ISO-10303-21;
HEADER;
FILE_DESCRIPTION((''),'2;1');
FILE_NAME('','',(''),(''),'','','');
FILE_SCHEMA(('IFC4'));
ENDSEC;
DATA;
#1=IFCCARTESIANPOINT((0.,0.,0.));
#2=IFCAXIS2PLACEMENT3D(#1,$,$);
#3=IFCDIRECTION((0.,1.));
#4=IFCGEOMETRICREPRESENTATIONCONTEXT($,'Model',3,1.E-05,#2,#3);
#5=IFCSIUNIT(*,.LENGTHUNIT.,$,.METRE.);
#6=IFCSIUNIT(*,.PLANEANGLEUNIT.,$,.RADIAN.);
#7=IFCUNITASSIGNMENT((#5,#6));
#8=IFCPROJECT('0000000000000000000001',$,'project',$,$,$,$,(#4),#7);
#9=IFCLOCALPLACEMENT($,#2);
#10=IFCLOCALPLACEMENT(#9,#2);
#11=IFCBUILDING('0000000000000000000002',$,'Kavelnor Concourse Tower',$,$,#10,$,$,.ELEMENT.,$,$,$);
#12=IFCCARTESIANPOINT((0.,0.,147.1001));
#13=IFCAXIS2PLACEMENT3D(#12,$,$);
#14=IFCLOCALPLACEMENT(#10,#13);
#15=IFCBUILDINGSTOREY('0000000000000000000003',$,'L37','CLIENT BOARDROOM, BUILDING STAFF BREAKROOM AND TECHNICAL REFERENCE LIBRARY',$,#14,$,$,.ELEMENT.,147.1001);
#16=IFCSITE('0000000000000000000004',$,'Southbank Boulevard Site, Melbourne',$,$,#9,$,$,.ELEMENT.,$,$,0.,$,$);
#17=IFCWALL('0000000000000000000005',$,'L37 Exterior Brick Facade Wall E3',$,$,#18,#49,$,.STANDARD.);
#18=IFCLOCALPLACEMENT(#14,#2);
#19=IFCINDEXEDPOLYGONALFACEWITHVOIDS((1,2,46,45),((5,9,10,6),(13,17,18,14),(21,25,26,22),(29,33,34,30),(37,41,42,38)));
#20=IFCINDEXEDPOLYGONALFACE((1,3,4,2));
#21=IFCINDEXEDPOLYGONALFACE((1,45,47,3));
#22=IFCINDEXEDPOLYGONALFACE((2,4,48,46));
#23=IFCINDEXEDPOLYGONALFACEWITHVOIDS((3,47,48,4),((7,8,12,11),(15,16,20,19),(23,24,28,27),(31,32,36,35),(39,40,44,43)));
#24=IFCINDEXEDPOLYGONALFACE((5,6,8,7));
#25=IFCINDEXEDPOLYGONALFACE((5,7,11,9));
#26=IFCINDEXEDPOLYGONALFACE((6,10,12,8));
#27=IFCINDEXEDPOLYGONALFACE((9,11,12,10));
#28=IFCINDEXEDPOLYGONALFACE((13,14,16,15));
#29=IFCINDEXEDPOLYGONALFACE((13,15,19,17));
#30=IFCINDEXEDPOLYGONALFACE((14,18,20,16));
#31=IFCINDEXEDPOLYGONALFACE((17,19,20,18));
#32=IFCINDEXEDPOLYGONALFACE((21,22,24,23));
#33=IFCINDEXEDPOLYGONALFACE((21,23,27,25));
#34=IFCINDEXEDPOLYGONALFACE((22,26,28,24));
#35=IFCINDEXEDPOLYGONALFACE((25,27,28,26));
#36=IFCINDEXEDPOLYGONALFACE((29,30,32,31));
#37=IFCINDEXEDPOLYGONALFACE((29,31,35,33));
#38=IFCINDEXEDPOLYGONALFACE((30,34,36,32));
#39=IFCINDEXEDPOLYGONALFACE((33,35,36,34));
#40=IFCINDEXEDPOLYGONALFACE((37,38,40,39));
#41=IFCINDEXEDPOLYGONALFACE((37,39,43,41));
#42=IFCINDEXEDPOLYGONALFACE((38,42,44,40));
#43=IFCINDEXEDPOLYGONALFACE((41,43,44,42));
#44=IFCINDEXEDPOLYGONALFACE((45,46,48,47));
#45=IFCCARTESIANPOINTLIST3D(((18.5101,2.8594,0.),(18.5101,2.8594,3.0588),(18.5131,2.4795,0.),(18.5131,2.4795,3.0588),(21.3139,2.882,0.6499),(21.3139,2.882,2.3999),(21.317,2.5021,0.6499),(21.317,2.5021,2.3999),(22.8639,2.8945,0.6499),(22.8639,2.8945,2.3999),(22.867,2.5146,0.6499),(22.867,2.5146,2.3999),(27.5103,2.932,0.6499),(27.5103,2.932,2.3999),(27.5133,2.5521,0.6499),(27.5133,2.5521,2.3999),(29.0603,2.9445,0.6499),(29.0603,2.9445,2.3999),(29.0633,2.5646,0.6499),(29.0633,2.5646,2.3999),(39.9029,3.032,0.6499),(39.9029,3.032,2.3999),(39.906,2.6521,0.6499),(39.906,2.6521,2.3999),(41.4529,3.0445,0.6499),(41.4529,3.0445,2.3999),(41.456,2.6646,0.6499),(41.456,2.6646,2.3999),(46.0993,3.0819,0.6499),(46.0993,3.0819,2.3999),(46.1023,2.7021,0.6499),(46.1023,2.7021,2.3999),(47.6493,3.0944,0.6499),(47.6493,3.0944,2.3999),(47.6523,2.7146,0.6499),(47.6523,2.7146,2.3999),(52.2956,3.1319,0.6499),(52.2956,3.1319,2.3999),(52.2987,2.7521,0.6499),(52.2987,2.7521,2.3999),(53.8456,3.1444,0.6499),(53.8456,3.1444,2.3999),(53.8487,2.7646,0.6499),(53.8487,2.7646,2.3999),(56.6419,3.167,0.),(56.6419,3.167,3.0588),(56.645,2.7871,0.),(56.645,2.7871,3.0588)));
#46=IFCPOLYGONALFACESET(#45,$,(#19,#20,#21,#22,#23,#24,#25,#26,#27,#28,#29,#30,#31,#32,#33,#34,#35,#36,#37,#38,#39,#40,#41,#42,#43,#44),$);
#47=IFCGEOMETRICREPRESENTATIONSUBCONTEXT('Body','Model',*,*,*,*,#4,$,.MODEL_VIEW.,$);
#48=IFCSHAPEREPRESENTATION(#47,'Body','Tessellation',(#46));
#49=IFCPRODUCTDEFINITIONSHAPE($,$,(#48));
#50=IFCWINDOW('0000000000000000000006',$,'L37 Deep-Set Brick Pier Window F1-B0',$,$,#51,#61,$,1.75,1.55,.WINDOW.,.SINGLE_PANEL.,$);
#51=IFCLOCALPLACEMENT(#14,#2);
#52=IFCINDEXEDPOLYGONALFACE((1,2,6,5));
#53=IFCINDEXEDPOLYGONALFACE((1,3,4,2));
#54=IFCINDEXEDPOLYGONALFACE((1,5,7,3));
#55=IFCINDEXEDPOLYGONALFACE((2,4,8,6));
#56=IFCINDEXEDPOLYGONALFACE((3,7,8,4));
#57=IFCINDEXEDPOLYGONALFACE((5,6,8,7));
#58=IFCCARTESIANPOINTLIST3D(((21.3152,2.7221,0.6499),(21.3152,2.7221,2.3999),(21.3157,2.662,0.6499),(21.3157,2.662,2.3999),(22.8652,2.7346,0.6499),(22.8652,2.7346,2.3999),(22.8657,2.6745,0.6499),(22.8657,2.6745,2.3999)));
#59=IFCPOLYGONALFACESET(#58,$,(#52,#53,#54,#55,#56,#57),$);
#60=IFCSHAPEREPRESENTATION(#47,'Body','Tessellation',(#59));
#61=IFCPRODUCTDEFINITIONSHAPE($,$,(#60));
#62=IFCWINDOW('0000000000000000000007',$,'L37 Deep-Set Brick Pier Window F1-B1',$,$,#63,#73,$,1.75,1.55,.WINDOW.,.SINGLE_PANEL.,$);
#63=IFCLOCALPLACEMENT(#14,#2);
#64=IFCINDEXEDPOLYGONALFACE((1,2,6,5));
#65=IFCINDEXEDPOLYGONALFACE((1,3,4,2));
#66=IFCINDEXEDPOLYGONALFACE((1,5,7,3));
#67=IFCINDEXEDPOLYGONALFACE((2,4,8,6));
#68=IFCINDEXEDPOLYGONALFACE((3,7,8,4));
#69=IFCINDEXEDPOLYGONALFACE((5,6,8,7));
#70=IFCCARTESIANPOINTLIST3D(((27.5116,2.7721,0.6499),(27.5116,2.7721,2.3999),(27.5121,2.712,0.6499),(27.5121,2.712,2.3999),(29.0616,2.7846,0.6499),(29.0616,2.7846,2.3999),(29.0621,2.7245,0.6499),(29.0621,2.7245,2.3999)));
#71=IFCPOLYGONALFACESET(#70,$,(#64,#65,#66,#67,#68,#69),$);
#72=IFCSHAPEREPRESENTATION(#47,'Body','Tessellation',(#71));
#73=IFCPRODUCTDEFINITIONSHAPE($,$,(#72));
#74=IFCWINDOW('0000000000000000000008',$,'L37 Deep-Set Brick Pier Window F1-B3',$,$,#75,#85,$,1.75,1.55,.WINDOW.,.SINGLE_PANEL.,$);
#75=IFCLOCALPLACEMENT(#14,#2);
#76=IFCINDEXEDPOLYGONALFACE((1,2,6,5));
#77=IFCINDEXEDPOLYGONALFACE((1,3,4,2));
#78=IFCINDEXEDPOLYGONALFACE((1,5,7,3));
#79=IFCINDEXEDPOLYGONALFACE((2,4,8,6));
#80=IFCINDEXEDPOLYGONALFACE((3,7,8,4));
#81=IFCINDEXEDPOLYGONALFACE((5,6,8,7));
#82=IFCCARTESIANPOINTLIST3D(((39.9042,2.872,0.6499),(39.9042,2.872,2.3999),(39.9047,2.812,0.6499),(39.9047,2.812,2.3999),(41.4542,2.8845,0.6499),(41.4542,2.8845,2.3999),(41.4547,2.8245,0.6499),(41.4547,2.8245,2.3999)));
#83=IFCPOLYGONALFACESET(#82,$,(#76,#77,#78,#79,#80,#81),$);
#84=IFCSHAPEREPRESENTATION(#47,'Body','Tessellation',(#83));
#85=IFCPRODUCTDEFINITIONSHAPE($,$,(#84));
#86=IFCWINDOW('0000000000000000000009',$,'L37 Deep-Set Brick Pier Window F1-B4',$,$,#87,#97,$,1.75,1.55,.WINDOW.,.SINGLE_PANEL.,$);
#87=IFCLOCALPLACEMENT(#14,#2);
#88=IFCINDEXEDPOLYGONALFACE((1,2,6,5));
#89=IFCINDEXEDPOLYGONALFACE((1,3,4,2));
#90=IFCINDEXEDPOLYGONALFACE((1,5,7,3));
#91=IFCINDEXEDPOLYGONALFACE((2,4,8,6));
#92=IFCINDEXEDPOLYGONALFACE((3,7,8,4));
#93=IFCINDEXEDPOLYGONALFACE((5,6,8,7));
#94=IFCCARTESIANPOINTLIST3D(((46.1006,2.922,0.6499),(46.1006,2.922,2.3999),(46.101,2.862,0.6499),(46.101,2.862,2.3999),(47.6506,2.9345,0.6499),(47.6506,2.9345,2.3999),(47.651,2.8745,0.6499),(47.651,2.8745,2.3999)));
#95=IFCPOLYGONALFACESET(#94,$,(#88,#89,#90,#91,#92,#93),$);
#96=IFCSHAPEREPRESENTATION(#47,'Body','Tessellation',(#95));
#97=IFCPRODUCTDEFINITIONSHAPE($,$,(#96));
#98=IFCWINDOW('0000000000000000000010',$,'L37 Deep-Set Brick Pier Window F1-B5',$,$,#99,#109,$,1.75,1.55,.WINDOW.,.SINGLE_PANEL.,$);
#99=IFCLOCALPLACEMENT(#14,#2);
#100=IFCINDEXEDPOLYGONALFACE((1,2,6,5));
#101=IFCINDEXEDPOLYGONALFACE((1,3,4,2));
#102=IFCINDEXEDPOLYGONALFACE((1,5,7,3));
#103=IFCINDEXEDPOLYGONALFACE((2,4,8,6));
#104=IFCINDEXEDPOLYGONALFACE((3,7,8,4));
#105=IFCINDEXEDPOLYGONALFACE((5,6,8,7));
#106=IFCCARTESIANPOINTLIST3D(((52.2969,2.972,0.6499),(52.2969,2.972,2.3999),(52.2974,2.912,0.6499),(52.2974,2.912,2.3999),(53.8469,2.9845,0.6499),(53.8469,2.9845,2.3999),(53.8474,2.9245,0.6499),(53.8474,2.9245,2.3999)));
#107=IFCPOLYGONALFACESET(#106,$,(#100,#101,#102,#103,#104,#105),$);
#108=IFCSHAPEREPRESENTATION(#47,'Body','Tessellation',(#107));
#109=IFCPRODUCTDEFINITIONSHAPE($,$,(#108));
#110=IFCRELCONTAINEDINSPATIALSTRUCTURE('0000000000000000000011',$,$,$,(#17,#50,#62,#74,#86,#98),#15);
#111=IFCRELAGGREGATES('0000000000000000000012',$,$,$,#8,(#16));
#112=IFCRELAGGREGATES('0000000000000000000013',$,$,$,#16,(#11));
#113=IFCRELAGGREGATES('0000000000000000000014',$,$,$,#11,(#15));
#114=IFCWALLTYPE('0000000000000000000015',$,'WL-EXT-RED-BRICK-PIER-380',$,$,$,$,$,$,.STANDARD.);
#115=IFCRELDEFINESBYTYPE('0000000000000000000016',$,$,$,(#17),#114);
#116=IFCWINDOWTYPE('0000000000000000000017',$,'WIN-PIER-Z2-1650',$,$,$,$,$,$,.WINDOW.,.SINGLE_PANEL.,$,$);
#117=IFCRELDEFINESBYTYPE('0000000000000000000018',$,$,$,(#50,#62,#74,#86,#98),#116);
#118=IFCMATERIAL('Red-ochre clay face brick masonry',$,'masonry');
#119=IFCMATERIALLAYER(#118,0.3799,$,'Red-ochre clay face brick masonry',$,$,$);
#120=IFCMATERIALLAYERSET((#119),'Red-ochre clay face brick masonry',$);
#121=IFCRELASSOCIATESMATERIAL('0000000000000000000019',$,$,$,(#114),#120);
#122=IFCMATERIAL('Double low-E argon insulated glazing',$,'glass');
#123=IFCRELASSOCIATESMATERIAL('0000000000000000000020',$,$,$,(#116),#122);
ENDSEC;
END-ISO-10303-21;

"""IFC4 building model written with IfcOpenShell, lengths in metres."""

from ifc_helpers import new_model, si_unit, direction, frame, frame_2d, origin, place, context, subcontext, project, spatial, rectangle, extrude, material, layer, layer_set, type_object, element, fill, save


model = new_model("IFC4")

# Units and contexts
model_context = context("Model", 3, precision=1e-05, world=origin(), true_north=direction((0.0, 1.0)))
body_context = subcontext(model_context, "Body", "Model", "MODEL_VIEW")
ifc_project = project(units=[si_unit("LENGTHUNIT", "METRE"), si_unit("PLANEANGLEUNIT", "RADIAN")], contexts=[model_context])

# Site, building, storey
site_placement = place(None, origin())
site = spatial("IfcSite", under=ifc_project, at=site_placement, Name="Southbank Boulevard Site, Melbourne", CompositionType="ELEMENT", RefElevation=0.0)
building_placement = place(site_placement, origin())
building = spatial("IfcBuilding", under=site, at=building_placement, Name="Kavelnor Concourse Tower", CompositionType="ELEMENT")
storey_placement = place(building_placement, frame((0.0, 0.0, 147.1001)))
storey = spatial("IfcBuildingStorey", under=building, at=storey_placement, Name="L37", Description="CLIENT BOARDROOM, BUILDING STAFF BREAKROOM AND TECHNICAL REFERENCE LIBRARY", CompositionType="ELEMENT", Elevation=147.1001)

# Shared definitions
ifc_material_1 = material(Name="Double low-E argon insulated glazing", Category="glass")

# Wall, openings, windows
ifc_material_2 = material(Name="Red-ochre clay face brick masonry", Category="masonry")
ifc_layer_1 = layer(ifc_material_2, 0.3799, Name="Red-ochre clay face brick masonry")
ifc_layer_set_1 = layer_set([ifc_layer_1], Name="Red-ochre clay face brick masonry")
wall_type_1 = type_object("IfcWallType", Name="WL-EXT-RED-BRICK-PIER-380", PredefinedType="STANDARD", material=ifc_layer_set_1)
wall_1_placement = place(storey_placement, frame((56.6433, 2.9771, 0.0), z_axis=(0.0, 0.0, 1.0), x_axis=(-0.999967, -0.008067, 0.0)))
wall_1 = element("IfcWall", 1, at=wall_1_placement, inside=storey, type_object=wall_type_1, Name="L37 Exterior Brick Facade Wall E3", PredefinedType="STANDARD", context=body_context, shape_type="SweptSolid", body=[
    extrude(rectangle(XDim=38.1331, YDim=0.3799, at=frame_2d((19.0664, 0.0))), origin(), (0.0, 0.0, 1.0), 3.0588),
])
opening_1_placement = place(wall_1_placement, frame((33.7791, 0.0, 0.6499)))
opening_1 = element("IfcOpeningElement", 2, at=opening_1_placement, cuts=wall_1, PredefinedType="OPENING", context=body_context, shape_type="SweptSolid", body=[
    extrude(rectangle(XDim=1.55, YDim=1.75, at=frame_2d((0.7749, 0.875))), frame((0.0, 0.2, 0.0), z_axis=(0.0, -1.0, 0.0), x_axis=(1.0, 0.0, 0.0)), (0.0, 0.0, 1.0), 0.3999),
])
opening_2_placement = place(wall_1_placement, frame((27.5825, 0.0, 0.6499)))
opening_2 = element("IfcOpeningElement", 3, at=opening_2_placement, cuts=wall_1, PredefinedType="OPENING", context=body_context, shape_type="SweptSolid", body=[
    extrude(rectangle(XDim=1.55, YDim=1.75, at=frame_2d((0.7749, 0.875))), frame((0.0, 0.2, 0.0), z_axis=(0.0, -1.0, 0.0), x_axis=(1.0, 0.0, 0.0)), (0.0, 0.0, 1.0), 0.3999),
])
opening_3_placement = place(wall_1_placement, frame((15.1895, 0.0, 0.6499)))
opening_3 = element("IfcOpeningElement", 4, at=opening_3_placement, cuts=wall_1, PredefinedType="OPENING", context=body_context, shape_type="SweptSolid", body=[
    extrude(rectangle(XDim=1.55, YDim=1.75, at=frame_2d((0.7749, 0.875))), frame((0.0, 0.2, 0.0), z_axis=(0.0, -1.0, 0.0), x_axis=(1.0, 0.0, 0.0)), (0.0, 0.0, 1.0), 0.3999),
])
opening_4_placement = place(wall_1_placement, frame((8.9929, 0.0, 0.6499)))
opening_4 = element("IfcOpeningElement", 5, at=opening_4_placement, cuts=wall_1, PredefinedType="OPENING", context=body_context, shape_type="SweptSolid", body=[
    extrude(rectangle(XDim=1.55, YDim=1.75, at=frame_2d((0.7749, 0.875))), frame((0.0, 0.2, 0.0), z_axis=(0.0, -1.0, 0.0), x_axis=(1.0, 0.0, 0.0)), (0.0, 0.0, 1.0), 0.3999),
])
opening_5_placement = place(wall_1_placement, frame((2.7964, 0.0, 0.6499)))
opening_5 = element("IfcOpeningElement", 6, at=opening_5_placement, cuts=wall_1, PredefinedType="OPENING", context=body_context, shape_type="SweptSolid", body=[
    extrude(rectangle(XDim=1.55, YDim=1.75, at=frame_2d((0.7749, 0.875))), frame((0.0, 0.2, 0.0), z_axis=(0.0, -1.0, 0.0), x_axis=(1.0, 0.0, 0.0)), (0.0, 0.0, 1.0), 0.3999),
])
window_type_1 = type_object("IfcWindowType", Name="WIN-PIER-Z2-1650", PartitioningType="SINGLE_PANEL", PredefinedType="WINDOW", material=ifc_material_1)
window_1_placement = place(opening_1_placement, origin())
window_1 = element("IfcWindow", 7, at=window_1_placement, inside=storey, type_object=window_type_1, Name="L37 Deep-Set Brick Pier Window F1-B0", OverallHeight=1.75, OverallWidth=1.55, PartitioningType="SINGLE_PANEL", PredefinedType="WINDOW", context=body_context, shape_type="SweptSolid", body=[
    extrude(rectangle(XDim=1.55, YDim=1.75, at=frame_2d((0.7749, 0.875))), frame((0.0, 0.03, 0.0), z_axis=(0.0, -1.0, 0.0), x_axis=(1.0, 0.0, 0.0)), (0.0, 0.0, 1.0), 0.0601),
])
fill(opening_1, window_1)
window_2_placement = place(opening_2_placement, origin())
window_2 = element("IfcWindow", 8, at=window_2_placement, inside=storey, type_object=window_type_1, Name="L37 Deep-Set Brick Pier Window F1-B1", OverallHeight=1.75, OverallWidth=1.55, PartitioningType="SINGLE_PANEL", PredefinedType="WINDOW", context=body_context, shape_type="SweptSolid", body=[
    extrude(rectangle(XDim=1.55, YDim=1.75, at=frame_2d((0.7749, 0.875))), frame((0.0, 0.03, 0.0), z_axis=(0.0, -1.0, 0.0), x_axis=(1.0, 0.0, 0.0)), (0.0, 0.0, 1.0), 0.0601),
])
fill(opening_2, window_2)
window_3_placement = place(opening_3_placement, origin())
window_3 = element("IfcWindow", 9, at=window_3_placement, inside=storey, type_object=window_type_1, Name="L37 Deep-Set Brick Pier Window F1-B3", OverallHeight=1.75, OverallWidth=1.55, PartitioningType="SINGLE_PANEL", PredefinedType="WINDOW", context=body_context, shape_type="SweptSolid", body=[
    extrude(rectangle(XDim=1.55, YDim=1.75, at=frame_2d((0.7749, 0.875))), frame((0.0, 0.03, 0.0), z_axis=(0.0, -1.0, 0.0), x_axis=(1.0, 0.0, 0.0)), (0.0, 0.0, 1.0), 0.0601),
])
fill(opening_3, window_3)
window_4_placement = place(opening_4_placement, origin())
window_4 = element("IfcWindow", 10, at=window_4_placement, inside=storey, type_object=window_type_1, Name="L37 Deep-Set Brick Pier Window F1-B4", OverallHeight=1.75, OverallWidth=1.55, PartitioningType="SINGLE_PANEL", PredefinedType="WINDOW", context=body_context, shape_type="SweptSolid", body=[
    extrude(rectangle(XDim=1.55, YDim=1.75, at=frame_2d((0.7749, 0.875))), frame((0.0, 0.03, 0.0), z_axis=(0.0, -1.0, 0.0), x_axis=(1.0, 0.0, 0.0)), (0.0, 0.0, 1.0), 0.0601),
])
fill(opening_4, window_4)
window_5_placement = place(opening_5_placement, origin())
window_5 = element("IfcWindow", 11, at=window_5_placement, inside=storey, type_object=window_type_1, Name="L37 Deep-Set Brick Pier Window F1-B5", OverallHeight=1.75, OverallWidth=1.55, PartitioningType="SINGLE_PANEL", PredefinedType="WINDOW", context=body_context, shape_type="SweptSolid", body=[
    extrude(rectangle(XDim=1.55, YDim=1.75, at=frame_2d((0.7749, 0.875))), frame((0.0, 0.03, 0.0), z_axis=(0.0, -1.0, 0.0), x_axis=(1.0, 0.0, 0.0)), (0.0, 0.0, 1.0), 0.0601),
])
fill(opening_5, window_5)

save(model, "model.ifc")
